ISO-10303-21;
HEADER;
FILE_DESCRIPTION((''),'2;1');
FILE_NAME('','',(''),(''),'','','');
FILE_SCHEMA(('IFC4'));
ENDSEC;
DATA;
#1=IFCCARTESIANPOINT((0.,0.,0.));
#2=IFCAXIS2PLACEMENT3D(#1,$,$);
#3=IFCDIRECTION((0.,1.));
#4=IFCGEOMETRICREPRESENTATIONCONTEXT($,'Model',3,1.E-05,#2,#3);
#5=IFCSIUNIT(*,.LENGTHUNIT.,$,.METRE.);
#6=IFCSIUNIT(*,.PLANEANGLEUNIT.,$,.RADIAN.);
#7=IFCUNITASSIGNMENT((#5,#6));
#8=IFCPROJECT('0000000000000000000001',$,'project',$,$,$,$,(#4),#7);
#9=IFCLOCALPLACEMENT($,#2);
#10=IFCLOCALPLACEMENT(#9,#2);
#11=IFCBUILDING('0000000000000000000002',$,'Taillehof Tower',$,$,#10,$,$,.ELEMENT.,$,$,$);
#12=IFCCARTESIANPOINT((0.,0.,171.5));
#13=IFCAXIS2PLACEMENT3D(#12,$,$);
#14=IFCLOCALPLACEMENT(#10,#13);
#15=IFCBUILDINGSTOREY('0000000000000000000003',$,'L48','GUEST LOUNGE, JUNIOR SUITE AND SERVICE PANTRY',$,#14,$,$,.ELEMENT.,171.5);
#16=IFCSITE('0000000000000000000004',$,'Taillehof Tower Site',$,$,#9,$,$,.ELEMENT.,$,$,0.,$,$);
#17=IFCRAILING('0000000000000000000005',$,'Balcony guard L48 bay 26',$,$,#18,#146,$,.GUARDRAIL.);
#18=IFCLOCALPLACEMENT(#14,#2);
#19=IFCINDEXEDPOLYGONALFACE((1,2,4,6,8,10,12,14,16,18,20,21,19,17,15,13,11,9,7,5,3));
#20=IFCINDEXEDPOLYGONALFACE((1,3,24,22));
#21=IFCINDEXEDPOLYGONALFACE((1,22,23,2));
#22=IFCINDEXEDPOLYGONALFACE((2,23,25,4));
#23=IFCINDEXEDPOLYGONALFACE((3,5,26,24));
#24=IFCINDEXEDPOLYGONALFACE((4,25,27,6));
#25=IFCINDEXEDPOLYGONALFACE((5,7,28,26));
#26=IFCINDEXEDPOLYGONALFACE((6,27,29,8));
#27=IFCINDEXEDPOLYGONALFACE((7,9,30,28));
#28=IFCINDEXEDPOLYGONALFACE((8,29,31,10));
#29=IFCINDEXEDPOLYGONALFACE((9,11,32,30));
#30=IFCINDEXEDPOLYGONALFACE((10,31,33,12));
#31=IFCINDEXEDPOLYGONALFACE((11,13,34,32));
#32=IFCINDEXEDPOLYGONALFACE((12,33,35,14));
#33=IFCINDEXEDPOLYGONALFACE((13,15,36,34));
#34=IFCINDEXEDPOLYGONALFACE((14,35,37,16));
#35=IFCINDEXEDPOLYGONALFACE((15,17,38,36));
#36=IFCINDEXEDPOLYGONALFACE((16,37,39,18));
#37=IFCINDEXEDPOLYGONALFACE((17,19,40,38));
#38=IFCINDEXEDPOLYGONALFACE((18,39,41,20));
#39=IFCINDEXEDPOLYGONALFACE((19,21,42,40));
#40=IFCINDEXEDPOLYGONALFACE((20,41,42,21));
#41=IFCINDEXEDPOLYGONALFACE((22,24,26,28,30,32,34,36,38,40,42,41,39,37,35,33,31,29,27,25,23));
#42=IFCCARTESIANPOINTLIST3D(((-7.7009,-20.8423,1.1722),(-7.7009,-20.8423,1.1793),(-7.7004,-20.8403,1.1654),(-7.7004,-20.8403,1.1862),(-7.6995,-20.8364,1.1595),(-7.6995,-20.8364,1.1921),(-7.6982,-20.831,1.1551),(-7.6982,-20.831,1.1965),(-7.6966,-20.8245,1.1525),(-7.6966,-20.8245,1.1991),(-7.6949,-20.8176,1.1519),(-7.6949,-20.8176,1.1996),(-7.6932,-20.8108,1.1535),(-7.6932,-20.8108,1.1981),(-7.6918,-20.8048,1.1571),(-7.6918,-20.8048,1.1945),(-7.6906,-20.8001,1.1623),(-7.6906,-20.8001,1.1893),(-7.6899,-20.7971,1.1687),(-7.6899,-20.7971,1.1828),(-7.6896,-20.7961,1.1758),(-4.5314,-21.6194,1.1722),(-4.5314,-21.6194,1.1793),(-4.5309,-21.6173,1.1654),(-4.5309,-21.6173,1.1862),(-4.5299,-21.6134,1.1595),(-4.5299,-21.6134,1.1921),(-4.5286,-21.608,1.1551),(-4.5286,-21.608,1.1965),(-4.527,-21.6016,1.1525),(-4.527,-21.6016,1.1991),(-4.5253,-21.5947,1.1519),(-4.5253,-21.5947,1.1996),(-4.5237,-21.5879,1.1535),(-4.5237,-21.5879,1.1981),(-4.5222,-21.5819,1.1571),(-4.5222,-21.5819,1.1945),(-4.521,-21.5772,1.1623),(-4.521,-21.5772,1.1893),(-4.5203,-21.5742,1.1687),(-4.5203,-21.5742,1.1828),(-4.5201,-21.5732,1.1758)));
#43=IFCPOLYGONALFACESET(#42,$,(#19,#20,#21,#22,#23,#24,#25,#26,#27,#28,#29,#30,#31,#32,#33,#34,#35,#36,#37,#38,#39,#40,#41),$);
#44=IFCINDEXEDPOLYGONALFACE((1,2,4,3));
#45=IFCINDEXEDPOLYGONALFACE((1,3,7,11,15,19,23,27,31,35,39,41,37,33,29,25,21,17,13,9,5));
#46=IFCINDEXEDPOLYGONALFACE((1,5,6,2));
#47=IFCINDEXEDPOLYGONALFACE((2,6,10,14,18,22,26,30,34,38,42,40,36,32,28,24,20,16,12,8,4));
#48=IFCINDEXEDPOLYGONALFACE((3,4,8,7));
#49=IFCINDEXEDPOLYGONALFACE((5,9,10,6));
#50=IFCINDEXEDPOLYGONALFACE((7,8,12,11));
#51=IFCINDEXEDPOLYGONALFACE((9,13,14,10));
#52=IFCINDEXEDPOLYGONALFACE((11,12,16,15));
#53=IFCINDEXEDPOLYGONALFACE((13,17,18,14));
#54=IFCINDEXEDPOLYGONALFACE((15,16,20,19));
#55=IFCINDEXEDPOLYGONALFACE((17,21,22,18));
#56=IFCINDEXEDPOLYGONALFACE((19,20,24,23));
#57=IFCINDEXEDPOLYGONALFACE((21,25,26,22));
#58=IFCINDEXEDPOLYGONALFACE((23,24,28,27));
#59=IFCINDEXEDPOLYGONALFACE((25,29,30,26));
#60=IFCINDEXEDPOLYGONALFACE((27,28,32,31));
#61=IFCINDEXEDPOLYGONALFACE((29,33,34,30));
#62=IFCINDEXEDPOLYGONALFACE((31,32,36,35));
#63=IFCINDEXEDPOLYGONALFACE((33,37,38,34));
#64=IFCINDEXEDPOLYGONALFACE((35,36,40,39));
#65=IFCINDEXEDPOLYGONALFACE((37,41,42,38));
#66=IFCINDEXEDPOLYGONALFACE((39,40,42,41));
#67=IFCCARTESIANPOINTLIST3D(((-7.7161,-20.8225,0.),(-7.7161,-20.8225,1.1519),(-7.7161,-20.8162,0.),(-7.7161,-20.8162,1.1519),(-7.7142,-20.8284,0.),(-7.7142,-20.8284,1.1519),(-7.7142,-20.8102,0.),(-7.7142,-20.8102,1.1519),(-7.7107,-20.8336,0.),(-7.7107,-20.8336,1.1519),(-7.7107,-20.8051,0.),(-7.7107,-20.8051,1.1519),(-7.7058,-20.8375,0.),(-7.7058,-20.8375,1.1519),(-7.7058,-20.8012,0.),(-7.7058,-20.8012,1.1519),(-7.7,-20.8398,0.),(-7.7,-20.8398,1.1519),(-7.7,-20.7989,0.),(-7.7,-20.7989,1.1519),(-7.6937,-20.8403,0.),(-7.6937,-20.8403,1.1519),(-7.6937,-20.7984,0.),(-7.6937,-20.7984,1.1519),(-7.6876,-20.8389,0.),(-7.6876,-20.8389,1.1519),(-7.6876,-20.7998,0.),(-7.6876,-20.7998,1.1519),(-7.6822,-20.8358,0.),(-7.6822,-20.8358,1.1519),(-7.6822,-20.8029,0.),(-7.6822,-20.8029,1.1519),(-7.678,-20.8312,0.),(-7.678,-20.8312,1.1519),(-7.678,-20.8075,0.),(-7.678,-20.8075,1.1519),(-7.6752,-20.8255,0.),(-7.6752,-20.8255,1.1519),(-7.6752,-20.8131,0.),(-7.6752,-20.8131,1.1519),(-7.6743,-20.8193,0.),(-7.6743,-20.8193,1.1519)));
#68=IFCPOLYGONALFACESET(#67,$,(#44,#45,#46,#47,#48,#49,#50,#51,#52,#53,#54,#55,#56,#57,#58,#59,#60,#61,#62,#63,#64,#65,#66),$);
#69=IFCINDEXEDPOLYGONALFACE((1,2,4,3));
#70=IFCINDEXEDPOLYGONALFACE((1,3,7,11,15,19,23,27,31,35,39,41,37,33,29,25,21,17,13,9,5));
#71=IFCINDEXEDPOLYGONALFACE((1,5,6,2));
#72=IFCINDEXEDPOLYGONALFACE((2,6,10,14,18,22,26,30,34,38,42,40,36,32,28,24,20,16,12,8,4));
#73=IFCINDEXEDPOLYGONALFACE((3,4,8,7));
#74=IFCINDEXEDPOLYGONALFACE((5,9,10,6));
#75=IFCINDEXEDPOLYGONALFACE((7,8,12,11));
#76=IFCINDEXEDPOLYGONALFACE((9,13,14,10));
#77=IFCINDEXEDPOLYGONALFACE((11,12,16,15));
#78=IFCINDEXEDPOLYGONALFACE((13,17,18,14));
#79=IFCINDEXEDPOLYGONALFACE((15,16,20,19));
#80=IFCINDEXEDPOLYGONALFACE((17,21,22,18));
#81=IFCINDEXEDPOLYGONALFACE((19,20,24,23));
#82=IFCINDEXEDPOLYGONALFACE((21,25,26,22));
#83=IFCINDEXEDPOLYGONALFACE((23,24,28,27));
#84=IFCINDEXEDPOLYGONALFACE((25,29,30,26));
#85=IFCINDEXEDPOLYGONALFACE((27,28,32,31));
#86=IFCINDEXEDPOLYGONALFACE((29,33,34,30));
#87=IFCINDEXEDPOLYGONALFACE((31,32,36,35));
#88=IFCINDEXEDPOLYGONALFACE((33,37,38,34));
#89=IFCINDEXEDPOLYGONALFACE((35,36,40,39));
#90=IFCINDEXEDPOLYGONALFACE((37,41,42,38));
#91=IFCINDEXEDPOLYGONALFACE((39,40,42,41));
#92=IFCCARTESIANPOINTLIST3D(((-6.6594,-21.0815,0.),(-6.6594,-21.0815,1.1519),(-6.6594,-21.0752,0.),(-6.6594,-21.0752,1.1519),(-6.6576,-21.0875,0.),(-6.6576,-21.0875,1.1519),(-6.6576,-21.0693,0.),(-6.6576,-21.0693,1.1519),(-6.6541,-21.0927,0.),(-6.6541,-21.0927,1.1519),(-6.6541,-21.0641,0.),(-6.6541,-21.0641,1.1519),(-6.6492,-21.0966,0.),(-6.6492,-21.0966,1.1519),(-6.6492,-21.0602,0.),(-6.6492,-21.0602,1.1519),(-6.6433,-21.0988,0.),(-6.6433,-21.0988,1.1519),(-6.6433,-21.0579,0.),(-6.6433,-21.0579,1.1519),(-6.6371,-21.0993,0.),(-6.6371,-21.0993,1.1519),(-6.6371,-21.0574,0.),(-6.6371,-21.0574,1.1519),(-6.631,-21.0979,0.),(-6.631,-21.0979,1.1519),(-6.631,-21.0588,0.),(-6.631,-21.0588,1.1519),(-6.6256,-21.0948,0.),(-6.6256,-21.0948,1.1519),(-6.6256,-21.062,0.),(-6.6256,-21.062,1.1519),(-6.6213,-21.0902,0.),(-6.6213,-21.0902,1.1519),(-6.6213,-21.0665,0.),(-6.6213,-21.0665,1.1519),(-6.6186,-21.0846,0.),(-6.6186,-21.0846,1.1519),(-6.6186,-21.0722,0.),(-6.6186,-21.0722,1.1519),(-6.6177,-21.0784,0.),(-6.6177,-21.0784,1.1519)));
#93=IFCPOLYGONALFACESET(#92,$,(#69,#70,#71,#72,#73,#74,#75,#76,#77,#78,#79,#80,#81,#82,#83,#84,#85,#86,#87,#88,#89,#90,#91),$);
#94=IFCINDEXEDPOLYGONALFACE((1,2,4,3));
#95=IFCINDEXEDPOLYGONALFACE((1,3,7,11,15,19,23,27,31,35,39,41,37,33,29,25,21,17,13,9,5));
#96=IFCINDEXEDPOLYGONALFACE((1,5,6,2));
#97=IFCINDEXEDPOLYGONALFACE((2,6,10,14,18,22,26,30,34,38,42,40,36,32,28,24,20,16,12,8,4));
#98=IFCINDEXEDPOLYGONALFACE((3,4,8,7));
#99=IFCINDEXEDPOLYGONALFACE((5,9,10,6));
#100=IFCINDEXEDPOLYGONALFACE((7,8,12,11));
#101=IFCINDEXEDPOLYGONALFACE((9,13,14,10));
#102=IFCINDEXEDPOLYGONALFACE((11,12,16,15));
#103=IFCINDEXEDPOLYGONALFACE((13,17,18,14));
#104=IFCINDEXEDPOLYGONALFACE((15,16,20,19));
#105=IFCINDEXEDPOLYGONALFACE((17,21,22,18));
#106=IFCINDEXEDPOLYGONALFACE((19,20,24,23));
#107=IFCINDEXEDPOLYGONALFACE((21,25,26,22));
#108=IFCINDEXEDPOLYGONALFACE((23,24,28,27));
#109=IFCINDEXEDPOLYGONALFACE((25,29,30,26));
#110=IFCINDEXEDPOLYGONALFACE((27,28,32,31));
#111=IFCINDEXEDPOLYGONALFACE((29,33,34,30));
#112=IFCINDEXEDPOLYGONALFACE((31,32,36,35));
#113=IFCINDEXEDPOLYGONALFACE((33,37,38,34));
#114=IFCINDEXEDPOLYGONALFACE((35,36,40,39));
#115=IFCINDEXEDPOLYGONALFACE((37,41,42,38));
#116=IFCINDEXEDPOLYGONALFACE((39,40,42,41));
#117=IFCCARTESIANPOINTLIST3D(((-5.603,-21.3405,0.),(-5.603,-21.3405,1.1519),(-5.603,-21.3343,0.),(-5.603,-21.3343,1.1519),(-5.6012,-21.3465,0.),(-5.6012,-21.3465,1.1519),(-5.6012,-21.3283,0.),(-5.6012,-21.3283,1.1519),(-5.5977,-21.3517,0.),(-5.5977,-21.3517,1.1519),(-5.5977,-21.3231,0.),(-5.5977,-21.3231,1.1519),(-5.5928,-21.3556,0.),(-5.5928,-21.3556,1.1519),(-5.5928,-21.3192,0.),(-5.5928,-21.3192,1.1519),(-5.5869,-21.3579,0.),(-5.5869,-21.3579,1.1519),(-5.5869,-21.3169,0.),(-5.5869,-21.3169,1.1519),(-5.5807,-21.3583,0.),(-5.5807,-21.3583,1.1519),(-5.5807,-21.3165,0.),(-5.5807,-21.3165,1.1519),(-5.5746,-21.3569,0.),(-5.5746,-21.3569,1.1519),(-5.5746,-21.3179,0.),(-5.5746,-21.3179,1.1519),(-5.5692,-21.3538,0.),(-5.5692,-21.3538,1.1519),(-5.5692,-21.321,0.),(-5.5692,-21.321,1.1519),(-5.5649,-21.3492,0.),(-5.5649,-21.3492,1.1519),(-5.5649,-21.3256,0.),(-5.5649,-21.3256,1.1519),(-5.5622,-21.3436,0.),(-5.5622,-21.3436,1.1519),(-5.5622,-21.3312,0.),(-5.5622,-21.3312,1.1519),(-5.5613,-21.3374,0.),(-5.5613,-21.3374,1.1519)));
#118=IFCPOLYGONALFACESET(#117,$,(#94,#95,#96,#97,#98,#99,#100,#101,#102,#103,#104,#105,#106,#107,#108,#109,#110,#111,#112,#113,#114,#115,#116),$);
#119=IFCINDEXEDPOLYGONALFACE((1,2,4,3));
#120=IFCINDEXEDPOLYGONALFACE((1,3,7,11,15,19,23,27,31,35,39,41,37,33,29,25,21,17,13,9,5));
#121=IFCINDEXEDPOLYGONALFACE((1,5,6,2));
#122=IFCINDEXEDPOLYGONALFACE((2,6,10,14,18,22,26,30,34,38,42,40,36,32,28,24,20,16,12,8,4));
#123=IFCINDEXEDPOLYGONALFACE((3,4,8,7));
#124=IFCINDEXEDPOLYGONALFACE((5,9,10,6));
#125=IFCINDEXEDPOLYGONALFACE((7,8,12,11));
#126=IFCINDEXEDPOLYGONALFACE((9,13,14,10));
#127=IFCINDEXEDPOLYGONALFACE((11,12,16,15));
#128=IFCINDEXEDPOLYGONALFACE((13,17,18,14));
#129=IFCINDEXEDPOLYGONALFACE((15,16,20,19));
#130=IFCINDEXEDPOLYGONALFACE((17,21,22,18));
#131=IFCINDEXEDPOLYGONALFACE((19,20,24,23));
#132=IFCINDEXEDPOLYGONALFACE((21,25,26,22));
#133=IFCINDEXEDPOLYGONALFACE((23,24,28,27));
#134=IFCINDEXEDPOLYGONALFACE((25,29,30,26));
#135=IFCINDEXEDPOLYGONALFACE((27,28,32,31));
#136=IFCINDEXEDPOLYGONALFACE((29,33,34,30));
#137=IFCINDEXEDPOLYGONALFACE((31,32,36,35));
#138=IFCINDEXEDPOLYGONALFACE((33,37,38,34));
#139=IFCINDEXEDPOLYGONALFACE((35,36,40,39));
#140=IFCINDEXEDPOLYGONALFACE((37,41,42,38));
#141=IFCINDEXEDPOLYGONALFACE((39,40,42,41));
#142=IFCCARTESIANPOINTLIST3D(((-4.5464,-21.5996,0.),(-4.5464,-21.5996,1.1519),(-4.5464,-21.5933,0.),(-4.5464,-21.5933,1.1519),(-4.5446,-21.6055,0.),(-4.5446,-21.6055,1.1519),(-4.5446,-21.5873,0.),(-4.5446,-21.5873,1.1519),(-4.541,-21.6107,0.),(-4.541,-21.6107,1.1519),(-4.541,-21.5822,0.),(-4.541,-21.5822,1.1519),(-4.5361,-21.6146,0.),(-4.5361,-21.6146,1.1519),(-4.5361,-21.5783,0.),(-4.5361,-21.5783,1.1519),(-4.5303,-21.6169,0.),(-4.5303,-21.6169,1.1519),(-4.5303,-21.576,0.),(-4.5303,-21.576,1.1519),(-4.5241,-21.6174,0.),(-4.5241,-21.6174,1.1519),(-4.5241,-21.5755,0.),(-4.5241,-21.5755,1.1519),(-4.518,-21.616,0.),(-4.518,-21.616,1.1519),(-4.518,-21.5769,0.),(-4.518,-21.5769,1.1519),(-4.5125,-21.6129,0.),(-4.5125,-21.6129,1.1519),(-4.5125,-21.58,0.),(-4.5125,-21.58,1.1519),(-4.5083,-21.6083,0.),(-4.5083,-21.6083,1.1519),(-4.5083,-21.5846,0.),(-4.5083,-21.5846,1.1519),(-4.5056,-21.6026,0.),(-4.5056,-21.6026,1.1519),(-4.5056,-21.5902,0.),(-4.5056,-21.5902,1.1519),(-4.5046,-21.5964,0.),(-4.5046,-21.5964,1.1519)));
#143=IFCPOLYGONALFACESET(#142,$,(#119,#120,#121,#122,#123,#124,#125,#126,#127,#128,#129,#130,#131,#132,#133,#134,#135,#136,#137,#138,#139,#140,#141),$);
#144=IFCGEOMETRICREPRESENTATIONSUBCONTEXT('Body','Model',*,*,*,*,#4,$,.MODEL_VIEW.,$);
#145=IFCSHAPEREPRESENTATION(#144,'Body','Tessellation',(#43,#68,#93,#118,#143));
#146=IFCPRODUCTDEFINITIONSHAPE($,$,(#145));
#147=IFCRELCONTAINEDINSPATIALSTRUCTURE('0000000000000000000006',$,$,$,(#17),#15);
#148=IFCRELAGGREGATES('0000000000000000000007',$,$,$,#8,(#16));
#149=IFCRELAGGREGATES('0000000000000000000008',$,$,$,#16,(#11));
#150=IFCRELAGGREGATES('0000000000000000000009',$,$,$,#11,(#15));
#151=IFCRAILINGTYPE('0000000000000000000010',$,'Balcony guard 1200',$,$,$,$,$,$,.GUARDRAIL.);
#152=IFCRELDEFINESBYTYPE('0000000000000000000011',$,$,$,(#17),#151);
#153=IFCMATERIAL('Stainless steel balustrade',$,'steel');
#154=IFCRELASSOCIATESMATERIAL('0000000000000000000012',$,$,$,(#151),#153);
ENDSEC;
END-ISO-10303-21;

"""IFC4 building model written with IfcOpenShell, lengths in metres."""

from ifc_helpers import new_model, si_unit, direction, frame, origin, origin_2d, place, context, subcontext, project, spatial, circle, extrude, material, type_object, element, save


model = new_model("IFC4")

# Units and contexts
model_context = context("Model", 3, precision=1e-05, world=origin(), true_north=direction((0.0, 1.0)))
body_context = subcontext(model_context, "Body", "Model", "MODEL_VIEW")
ifc_project = project(units=[si_unit("LENGTHUNIT", "METRE"), si_unit("PLANEANGLEUNIT", "RADIAN")], contexts=[model_context])

# Site, building, storey
site_placement = place(None, origin())
site = spatial("IfcSite", under=ifc_project, at=site_placement, Name="Taillehof Tower Site", CompositionType="ELEMENT", RefElevation=0.0)
building_placement = place(site_placement, origin())
building = spatial("IfcBuilding", under=site, at=building_placement, Name="Taillehof Tower", CompositionType="ELEMENT")
storey_placement = place(building_placement, frame((0.0, 0.0, 171.5)))
storey = spatial("IfcBuildingStorey", under=building, at=storey_placement, Name="L48", Description="GUEST LOUNGE, JUNIOR SUITE AND SERVICE PANTRY", CompositionType="ELEMENT", Elevation=171.5)

# Railing
ifc_material_1 = material(Name="Stainless steel balustrade", Category="steel")
railing_type = type_object("IfcRailingType", Name="Balcony guard 1200", PredefinedType="GUARDRAIL", material=ifc_material_1)
railing_1_placement = place(storey_placement, frame((-7.6953, -20.8193, 0.0)))
element("IfcRailing", 1, at=railing_1_placement, inside=storey, type_object=railing_type, Name="Balcony guard L48 bay 26", PredefinedType="GUARDRAIL", context=body_context, shape_type="SweptSolid", body=[
    extrude(circle(Radius=0.0239, at=origin_2d()), frame((0.0, 0.0, 1.1758), z_axis=(0.971237, -0.238115, 0.0), x_axis=(0.238115, 0.971237, 0.0)), (0.0, 0.0, 1.0), 3.2634),
    extrude(circle(Radius=0.021, at=origin_2d()), origin(), (0.0, 0.0, 1.0), 1.1519),
    extrude(circle(Radius=0.021, at=origin_2d()), frame((1.0566, -0.259, 0.0)), (0.0, 0.0, 1.0), 1.1519),
    extrude(circle(Radius=0.021, at=origin_2d()), frame((2.113, -0.5181, 0.0)), (0.0, 0.0, 1.0), 1.1519),
    extrude(circle(Radius=0.021, at=origin_2d()), frame((3.1697, -0.7771, 0.0)), (0.0, 0.0, 1.0), 1.1519),
])

save(model, "model.ifc")
